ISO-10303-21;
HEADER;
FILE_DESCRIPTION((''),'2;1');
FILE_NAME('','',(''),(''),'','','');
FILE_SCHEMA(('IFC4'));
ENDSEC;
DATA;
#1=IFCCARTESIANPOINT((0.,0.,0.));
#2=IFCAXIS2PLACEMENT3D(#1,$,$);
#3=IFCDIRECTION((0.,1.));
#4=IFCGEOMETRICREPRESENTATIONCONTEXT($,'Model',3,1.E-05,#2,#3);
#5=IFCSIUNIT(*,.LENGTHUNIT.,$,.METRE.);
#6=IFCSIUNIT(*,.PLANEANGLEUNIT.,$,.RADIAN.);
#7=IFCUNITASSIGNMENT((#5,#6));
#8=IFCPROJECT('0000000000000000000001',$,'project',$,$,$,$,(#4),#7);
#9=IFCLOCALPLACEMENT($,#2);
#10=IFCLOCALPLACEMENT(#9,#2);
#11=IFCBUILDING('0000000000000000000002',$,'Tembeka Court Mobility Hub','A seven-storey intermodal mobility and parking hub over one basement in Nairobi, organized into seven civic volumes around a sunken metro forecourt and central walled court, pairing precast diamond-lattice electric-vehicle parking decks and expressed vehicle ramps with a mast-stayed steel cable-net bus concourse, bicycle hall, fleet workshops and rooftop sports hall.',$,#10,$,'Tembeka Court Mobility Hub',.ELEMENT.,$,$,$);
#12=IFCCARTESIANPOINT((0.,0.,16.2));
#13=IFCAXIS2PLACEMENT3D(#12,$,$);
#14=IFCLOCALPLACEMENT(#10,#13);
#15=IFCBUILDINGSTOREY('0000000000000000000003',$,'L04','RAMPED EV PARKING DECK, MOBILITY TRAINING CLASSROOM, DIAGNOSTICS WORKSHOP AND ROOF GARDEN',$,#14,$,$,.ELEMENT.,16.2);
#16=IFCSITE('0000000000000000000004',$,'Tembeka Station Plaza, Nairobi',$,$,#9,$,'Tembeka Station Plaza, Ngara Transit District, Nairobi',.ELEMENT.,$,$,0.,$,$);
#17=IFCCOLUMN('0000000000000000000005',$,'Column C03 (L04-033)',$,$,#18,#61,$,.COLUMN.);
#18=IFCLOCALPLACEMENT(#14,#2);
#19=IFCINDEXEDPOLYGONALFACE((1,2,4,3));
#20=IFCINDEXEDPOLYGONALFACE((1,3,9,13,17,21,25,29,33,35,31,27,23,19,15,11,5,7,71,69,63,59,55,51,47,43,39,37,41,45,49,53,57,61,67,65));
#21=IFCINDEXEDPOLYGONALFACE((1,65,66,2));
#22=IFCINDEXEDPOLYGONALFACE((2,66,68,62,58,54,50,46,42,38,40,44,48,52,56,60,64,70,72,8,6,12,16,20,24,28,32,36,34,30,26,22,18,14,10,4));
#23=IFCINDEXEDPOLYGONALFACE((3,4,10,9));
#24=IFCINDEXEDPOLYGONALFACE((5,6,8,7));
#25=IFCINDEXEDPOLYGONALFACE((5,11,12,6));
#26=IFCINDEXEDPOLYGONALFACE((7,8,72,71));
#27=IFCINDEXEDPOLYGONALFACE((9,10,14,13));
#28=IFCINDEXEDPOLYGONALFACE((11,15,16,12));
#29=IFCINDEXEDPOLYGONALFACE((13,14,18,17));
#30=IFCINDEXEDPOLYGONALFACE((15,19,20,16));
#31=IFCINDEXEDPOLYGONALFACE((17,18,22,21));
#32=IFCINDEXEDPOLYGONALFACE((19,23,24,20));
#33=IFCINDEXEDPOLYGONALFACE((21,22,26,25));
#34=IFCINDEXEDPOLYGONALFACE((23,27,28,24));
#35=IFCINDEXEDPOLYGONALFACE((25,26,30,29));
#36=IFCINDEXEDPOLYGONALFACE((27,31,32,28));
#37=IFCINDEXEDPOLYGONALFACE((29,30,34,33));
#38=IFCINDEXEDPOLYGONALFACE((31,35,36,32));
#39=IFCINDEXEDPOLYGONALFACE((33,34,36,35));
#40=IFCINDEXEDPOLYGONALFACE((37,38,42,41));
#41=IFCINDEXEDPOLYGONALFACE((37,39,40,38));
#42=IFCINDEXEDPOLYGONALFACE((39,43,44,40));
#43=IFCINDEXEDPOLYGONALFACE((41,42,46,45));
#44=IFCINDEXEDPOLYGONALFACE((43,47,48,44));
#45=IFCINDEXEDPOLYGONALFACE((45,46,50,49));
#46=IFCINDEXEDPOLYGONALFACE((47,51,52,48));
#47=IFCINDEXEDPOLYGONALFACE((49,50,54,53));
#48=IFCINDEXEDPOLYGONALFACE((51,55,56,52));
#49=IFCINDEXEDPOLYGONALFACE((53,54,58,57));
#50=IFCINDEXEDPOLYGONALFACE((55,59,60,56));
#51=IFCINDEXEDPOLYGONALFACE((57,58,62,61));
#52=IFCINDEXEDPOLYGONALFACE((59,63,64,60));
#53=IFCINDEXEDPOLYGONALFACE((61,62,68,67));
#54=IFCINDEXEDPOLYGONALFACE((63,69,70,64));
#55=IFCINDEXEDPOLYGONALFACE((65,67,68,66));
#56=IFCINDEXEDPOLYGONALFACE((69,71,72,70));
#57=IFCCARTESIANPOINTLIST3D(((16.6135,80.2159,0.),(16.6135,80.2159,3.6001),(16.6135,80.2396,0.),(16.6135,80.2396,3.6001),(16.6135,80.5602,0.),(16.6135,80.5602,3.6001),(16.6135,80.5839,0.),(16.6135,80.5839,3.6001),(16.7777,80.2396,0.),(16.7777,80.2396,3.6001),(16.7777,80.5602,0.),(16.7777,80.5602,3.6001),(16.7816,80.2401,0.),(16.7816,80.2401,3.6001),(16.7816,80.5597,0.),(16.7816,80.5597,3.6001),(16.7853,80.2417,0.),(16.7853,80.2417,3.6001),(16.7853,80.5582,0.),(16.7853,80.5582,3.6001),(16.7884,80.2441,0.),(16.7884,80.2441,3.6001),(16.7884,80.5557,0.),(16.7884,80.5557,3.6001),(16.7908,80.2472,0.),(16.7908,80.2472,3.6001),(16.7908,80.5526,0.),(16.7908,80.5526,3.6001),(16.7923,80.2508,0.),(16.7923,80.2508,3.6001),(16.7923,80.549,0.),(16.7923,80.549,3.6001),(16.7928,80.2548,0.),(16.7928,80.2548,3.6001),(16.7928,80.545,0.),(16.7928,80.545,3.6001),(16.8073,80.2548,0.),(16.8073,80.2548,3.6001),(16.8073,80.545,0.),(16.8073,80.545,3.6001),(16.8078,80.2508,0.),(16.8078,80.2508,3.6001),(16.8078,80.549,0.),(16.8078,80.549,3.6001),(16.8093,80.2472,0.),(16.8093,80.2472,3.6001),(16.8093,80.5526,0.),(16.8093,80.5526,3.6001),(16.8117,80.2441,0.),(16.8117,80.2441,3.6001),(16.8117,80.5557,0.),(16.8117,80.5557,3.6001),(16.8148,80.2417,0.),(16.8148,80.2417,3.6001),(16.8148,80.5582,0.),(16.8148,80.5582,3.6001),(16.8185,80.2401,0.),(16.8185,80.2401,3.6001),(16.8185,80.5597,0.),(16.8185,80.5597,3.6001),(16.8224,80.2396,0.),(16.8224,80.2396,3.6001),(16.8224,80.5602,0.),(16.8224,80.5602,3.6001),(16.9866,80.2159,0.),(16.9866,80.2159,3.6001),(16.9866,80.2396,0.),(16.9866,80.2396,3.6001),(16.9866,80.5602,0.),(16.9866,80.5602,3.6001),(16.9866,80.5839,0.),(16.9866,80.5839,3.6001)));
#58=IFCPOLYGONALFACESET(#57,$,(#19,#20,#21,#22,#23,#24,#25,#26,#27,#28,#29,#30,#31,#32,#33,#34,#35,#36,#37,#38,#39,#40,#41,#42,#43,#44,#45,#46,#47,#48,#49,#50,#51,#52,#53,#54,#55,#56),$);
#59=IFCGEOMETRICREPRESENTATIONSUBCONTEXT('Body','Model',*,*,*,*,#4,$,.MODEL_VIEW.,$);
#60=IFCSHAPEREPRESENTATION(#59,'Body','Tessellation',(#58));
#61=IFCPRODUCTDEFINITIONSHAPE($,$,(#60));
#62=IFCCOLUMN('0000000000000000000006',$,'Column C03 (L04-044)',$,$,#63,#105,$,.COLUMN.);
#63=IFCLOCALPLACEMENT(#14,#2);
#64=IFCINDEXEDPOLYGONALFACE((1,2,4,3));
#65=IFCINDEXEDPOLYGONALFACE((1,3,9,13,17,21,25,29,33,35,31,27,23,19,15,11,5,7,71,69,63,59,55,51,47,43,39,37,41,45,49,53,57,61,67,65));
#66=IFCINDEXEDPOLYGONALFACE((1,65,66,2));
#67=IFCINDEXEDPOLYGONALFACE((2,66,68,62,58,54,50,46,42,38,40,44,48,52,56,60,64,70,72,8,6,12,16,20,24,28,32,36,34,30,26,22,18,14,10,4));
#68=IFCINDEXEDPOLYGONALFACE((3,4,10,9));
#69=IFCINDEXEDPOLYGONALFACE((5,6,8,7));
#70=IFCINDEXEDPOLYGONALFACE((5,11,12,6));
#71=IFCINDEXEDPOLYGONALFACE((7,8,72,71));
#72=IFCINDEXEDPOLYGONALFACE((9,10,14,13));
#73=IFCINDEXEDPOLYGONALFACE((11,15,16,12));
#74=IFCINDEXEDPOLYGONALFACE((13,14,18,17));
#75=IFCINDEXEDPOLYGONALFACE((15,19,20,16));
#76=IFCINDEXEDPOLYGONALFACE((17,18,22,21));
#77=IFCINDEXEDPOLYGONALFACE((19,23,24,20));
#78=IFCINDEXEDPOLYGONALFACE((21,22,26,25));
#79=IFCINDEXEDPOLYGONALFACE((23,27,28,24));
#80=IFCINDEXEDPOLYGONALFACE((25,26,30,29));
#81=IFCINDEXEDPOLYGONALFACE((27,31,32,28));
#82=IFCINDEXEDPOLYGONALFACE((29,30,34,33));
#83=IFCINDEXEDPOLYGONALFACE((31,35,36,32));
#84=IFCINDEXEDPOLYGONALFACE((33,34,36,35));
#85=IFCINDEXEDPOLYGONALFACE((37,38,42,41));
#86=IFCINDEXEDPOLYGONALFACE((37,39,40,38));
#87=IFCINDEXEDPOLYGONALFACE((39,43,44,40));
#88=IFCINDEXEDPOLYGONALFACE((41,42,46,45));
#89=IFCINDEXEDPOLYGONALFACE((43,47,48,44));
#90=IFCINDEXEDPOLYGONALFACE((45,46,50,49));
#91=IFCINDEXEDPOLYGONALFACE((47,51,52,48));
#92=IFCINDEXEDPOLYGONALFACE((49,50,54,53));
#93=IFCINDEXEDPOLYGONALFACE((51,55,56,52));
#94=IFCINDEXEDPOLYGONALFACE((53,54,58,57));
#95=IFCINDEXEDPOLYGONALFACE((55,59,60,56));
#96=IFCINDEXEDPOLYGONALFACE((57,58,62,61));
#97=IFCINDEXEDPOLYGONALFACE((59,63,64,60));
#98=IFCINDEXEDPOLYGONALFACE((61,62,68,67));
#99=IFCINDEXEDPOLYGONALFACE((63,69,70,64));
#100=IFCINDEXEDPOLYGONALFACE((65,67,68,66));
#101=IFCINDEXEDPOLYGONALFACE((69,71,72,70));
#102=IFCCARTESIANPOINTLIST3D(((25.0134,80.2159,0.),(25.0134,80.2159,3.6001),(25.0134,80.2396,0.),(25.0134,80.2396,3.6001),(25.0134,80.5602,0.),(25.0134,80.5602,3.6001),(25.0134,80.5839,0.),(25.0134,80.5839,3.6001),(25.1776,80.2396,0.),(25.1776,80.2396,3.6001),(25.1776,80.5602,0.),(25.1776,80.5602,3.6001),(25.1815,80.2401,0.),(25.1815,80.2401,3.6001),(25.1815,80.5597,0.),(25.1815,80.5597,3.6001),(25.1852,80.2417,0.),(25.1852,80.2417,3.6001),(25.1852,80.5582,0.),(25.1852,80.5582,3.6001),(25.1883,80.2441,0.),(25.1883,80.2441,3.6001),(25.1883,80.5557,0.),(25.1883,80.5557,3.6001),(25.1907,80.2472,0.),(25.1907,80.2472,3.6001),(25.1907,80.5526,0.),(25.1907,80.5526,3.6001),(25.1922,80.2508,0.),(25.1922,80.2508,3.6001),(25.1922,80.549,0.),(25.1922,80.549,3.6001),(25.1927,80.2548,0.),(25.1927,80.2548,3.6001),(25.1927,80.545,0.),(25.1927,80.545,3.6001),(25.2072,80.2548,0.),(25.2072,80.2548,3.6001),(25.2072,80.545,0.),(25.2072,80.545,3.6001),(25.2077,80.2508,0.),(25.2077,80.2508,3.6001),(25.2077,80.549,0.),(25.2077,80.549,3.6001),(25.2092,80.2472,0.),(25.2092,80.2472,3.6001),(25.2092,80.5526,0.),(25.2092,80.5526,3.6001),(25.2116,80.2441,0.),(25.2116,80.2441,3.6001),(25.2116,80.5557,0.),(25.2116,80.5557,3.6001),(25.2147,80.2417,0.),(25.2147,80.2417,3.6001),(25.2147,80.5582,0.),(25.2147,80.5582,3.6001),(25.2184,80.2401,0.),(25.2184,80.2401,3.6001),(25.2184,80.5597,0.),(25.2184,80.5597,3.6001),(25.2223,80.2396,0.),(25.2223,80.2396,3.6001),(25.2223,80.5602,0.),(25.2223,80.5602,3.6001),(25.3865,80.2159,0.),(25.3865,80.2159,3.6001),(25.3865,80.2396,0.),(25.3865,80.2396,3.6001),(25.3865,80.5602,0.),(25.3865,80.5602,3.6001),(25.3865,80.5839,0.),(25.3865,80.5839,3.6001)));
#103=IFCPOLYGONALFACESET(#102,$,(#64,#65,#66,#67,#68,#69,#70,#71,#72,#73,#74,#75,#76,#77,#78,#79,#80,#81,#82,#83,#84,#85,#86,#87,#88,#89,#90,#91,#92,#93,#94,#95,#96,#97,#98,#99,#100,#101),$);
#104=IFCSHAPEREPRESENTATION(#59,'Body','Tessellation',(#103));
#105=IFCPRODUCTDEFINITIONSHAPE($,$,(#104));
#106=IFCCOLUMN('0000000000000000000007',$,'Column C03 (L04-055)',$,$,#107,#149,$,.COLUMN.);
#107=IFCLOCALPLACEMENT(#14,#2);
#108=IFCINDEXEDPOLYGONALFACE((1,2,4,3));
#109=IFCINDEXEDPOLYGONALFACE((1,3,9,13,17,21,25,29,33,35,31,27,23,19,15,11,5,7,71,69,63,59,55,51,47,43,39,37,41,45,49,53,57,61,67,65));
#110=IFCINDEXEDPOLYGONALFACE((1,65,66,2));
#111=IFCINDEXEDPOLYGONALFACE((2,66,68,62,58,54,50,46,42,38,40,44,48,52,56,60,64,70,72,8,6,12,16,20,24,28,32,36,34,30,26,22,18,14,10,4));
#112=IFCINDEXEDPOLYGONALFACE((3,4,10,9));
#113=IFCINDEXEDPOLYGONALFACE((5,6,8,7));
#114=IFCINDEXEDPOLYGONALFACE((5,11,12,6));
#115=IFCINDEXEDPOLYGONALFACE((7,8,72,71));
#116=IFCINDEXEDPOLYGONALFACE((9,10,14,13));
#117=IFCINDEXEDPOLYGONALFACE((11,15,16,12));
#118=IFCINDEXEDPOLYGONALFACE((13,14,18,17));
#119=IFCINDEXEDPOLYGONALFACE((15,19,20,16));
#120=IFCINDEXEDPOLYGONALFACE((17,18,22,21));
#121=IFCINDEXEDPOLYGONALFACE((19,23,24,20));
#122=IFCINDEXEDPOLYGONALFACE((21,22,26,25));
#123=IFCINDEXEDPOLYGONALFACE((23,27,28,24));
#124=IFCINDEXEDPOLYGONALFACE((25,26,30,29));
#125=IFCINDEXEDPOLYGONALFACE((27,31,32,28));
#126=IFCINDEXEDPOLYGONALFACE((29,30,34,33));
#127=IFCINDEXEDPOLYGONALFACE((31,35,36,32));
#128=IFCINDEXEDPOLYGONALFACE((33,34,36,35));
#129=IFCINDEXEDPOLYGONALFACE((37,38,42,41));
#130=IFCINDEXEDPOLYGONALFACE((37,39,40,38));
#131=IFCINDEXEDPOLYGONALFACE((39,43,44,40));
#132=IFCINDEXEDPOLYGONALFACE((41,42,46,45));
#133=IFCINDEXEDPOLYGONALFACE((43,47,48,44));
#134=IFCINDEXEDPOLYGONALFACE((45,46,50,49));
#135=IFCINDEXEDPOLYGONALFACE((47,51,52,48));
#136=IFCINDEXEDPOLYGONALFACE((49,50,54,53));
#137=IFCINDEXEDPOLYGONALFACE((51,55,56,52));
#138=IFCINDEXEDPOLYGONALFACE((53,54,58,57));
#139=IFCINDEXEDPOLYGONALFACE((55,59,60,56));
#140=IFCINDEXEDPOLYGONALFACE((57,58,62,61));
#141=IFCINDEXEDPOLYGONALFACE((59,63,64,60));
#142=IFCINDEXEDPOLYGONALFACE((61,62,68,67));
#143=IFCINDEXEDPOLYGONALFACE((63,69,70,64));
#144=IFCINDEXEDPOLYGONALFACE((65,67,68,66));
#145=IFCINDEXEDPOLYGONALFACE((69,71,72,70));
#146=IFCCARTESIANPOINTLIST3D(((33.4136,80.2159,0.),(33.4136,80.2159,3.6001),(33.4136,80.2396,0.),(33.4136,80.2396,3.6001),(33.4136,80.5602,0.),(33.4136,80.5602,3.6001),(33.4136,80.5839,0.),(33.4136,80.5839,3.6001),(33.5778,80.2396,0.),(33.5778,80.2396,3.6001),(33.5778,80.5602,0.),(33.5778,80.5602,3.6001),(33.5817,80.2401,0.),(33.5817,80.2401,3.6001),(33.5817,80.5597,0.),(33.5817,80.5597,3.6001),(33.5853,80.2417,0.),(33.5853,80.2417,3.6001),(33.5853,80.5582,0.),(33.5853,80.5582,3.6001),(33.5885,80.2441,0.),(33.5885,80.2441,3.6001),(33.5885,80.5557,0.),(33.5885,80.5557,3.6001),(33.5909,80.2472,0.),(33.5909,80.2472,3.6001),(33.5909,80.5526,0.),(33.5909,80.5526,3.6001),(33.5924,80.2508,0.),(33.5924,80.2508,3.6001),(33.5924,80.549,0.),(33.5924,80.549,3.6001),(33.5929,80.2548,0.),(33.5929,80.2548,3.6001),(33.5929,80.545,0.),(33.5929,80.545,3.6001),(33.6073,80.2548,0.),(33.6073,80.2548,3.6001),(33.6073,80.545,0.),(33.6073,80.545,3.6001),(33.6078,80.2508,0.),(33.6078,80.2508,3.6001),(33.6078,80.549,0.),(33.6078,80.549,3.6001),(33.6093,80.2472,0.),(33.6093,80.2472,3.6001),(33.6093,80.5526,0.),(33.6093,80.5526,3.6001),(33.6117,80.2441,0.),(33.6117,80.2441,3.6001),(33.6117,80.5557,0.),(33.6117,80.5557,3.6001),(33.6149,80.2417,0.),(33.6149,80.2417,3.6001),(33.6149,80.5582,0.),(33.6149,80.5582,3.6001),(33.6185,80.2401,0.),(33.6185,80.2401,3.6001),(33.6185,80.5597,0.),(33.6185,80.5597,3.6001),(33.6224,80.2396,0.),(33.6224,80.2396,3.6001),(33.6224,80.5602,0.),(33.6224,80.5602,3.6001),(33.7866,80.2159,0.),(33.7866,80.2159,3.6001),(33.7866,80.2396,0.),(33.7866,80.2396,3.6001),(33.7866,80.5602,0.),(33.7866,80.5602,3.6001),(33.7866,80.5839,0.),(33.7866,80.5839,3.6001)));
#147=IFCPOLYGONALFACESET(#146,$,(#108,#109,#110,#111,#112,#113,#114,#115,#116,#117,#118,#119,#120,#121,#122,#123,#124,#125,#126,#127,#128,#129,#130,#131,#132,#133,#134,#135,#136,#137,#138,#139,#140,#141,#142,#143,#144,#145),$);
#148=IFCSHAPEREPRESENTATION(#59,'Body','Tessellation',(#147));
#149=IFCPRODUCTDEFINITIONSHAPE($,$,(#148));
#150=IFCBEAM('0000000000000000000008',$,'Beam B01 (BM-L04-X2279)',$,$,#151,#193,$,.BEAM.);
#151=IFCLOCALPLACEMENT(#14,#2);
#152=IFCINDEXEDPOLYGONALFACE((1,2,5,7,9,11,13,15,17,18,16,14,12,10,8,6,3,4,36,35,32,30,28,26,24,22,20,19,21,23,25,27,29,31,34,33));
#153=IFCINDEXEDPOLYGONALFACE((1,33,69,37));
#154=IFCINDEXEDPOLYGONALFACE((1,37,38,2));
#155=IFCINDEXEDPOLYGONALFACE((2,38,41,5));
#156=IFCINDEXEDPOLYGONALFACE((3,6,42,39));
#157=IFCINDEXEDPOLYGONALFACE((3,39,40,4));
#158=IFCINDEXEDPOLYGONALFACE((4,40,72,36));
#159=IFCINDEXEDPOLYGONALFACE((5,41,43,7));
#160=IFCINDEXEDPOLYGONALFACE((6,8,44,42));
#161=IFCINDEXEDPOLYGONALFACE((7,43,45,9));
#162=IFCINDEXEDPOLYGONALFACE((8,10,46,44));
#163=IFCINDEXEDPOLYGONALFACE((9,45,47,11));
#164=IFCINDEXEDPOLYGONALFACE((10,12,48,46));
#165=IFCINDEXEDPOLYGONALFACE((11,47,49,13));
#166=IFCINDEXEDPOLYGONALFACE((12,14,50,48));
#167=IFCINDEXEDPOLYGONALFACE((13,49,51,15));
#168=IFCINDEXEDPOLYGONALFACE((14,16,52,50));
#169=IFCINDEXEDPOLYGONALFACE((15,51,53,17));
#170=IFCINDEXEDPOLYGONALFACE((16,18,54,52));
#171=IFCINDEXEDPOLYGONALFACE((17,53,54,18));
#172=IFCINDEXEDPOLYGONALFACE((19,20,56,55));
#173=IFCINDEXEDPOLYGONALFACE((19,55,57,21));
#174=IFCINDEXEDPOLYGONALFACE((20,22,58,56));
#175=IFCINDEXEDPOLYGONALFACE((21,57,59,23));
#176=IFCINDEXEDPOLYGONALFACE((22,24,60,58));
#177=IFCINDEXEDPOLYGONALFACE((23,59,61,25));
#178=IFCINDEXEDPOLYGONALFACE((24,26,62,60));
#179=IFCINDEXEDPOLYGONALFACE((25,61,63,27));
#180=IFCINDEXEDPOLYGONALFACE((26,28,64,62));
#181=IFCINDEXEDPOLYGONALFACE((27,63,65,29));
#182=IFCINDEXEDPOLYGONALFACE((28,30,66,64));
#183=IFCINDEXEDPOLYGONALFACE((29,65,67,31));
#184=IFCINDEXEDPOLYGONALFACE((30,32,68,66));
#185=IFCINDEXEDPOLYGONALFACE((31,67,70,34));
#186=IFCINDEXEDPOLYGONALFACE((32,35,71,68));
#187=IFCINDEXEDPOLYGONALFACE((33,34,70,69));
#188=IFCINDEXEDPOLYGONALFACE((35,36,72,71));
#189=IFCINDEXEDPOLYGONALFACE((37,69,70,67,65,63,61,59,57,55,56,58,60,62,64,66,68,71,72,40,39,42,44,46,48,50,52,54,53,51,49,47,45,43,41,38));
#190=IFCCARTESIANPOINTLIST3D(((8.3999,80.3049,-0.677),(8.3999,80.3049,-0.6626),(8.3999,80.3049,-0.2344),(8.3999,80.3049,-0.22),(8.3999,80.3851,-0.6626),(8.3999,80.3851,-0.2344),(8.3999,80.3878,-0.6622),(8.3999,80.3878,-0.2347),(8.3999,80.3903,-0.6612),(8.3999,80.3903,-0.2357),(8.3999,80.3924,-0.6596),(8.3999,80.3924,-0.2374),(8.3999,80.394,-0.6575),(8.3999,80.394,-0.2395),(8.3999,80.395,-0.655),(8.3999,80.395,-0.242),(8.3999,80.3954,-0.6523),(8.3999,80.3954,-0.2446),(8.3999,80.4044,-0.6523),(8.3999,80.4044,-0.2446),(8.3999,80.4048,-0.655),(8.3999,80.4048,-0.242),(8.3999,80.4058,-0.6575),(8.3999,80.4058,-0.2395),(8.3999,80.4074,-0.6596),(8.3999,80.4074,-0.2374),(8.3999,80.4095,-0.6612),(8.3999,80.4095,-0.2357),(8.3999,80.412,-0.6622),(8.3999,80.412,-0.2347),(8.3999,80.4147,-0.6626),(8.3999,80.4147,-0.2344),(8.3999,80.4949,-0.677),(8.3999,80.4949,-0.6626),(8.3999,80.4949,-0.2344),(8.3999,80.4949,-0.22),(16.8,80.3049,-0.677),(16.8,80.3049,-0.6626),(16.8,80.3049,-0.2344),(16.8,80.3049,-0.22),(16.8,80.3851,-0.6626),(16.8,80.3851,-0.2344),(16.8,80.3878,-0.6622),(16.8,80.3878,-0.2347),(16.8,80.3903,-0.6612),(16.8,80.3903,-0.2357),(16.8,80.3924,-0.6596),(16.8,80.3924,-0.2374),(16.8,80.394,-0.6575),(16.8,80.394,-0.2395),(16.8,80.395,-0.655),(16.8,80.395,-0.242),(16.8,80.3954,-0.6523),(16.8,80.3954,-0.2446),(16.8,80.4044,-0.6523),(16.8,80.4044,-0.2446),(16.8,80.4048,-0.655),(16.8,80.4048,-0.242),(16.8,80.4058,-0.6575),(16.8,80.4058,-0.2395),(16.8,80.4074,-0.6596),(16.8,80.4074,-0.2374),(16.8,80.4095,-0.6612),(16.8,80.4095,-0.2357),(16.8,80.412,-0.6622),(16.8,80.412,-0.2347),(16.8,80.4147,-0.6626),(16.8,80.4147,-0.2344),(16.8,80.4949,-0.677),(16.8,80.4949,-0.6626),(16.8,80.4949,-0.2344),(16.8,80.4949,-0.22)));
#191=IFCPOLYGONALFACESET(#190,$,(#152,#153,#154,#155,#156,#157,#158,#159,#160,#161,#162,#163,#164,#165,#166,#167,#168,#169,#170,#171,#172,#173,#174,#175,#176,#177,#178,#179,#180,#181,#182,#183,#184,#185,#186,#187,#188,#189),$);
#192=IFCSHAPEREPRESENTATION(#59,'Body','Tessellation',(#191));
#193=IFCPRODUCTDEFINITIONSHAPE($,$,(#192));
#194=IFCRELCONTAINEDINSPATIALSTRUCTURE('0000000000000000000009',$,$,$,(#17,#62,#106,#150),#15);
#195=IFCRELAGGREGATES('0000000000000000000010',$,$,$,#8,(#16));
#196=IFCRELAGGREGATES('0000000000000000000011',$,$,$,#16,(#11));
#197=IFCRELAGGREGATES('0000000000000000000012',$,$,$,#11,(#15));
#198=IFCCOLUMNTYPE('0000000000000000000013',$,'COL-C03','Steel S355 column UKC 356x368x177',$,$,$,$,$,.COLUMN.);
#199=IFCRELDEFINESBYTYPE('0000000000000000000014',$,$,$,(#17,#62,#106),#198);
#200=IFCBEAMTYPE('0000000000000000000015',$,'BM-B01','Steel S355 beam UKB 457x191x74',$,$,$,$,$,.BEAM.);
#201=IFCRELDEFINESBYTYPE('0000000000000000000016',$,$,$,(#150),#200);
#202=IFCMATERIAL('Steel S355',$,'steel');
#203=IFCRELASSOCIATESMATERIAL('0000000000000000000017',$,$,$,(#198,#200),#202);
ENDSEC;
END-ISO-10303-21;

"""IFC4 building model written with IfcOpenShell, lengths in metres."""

from ifc_helpers import new_model, si_unit, direction, frame, origin, origin_2d, place, context, subcontext, project, spatial, i_section, extrude, material, material_profile, profile_set, type_object, element, save


model = new_model("IFC4")

# Units and contexts
model_context = context("Model", 3, precision=1e-05, world=origin(), true_north=direction((0.0, 1.0)))
body_context = subcontext(model_context, "Body", "Model", "MODEL_VIEW")
ifc_project = project(units=[si_unit("LENGTHUNIT", "METRE"), si_unit("PLANEANGLEUNIT", "RADIAN")], contexts=[model_context])

# Site, building, storey
site_placement = place(None, origin())
site = spatial("IfcSite", under=ifc_project, at=site_placement, Name="Tembeka Station Plaza, Nairobi", LongName="Tembeka Station Plaza, Ngara Transit District, Nairobi", CompositionType="ELEMENT", RefElevation=0.0)
building_placement = place(site_placement, origin())
building = spatial("IfcBuilding", under=site, at=building_placement, Name="Tembeka Court Mobility Hub", Description="A seven-storey intermodal mobility and parking hub over one basement in Nairobi, organized into seven civic volumes around a sunken metro forecourt and central walled court, pairing precast diamond-lattice electric-vehicle parking decks and expressed vehicle ramps with a mast-stayed steel cable-net bus concourse, bicycle hall, fleet workshops and rooftop sports hall.", LongName="Tembeka Court Mobility Hub", CompositionType="ELEMENT")
storey_placement = place(building_placement, frame((0.0, 0.0, 16.2)))
storey = spatial("IfcBuildingStorey", under=building, at=storey_placement, Name="L04", Description="RAMPED EV PARKING DECK, MOBILITY TRAINING CLASSROOM, DIAGNOSTICS WORKSHOP AND ROOF GARDEN", CompositionType="ELEMENT", Elevation=16.2)

# Columns
ifc_material = material(Name="Steel S355", Category="steel")
ifc_material_profile_1 = material_profile(ifc_material, i_section(OverallWidth=0.373, OverallDepth=0.3679, WebThickness=0.0144, FlangeThickness=0.0237, FilletRadius=0.0151, at=origin_2d()), Name="UKC 356x368x177")
ifc_profile_set_1 = profile_set([ifc_material_profile_1], Name="Steel S355")
column_type = type_object("IfcColumnType", Name="COL-C03", Description="Steel S355 column UKC 356x368x177", PredefinedType="COLUMN", material=ifc_profile_set_1)
for number, where, z_axis, x_axis, name in (
    (1, (16.8, 80.3999, 0.0), (0.0, 0.0, 1.0), (1.0, 0.0, 0.0), "Column C03 (L04-033)"),
    (2, (25.2, 80.3999, 0.0), (0.0, 0.0, 1.0), (1.0, 0.0, 0.0), "Column C03 (L04-044)"),
    (3, (33.6001, 80.3999, 0.0), (0.0, 0.0, 1.0), (1.0, 0.0, 0.0), "Column C03 (L04-055)"),
):
    element("IfcColumn", number, at=place(storey_placement, frame(where, z_axis=z_axis, x_axis=x_axis)), inside=storey, type_object=column_type, Name=name, PredefinedType="COLUMN", context=body_context, shape_type="SweptSolid", body=[
        extrude(i_section(OverallWidth=0.373, OverallDepth=0.3679, WebThickness=0.0144, FlangeThickness=0.0237, FilletRadius=0.0151, at=origin_2d()), origin(), (0.0, 0.0, 1.0), 3.6001),
    ])

# Beam
ifc_material_profile_2 = material_profile(ifc_material, i_section(OverallWidth=0.1899, OverallDepth=0.457, WebThickness=0.009, FlangeThickness=0.0144, FilletRadius=0.0103, at=origin_2d()), Name="UKB 457x191x74")
ifc_profile_set_2 = profile_set([ifc_material_profile_2], Name="Steel S355")
beam_type_1 = type_object("IfcBeamType", Name="BM-B01", Description="Steel S355 beam UKB 457x191x74", PredefinedType="BEAM", material=ifc_profile_set_2)
beam_1_placement = place(storey_placement, frame((8.3999, 80.3999, -0.4485), z_axis=(1.0, 0.0, 0.0), x_axis=(0.0, 1.0, 0.0)))
element("IfcBeam", 4, at=beam_1_placement, inside=storey, type_object=beam_type_1, Name="Beam B01 (BM-L04-X2279)", PredefinedType="BEAM", context=body_context, shape_type="SweptSolid", body=[
    extrude(i_section(OverallWidth=0.1899, OverallDepth=0.457, WebThickness=0.009, FlangeThickness=0.0144, FilletRadius=0.0103, at=origin_2d()), origin(), (0.0, 0.0, 1.0), 8.4001),
])

save(model, "model.ifc")
